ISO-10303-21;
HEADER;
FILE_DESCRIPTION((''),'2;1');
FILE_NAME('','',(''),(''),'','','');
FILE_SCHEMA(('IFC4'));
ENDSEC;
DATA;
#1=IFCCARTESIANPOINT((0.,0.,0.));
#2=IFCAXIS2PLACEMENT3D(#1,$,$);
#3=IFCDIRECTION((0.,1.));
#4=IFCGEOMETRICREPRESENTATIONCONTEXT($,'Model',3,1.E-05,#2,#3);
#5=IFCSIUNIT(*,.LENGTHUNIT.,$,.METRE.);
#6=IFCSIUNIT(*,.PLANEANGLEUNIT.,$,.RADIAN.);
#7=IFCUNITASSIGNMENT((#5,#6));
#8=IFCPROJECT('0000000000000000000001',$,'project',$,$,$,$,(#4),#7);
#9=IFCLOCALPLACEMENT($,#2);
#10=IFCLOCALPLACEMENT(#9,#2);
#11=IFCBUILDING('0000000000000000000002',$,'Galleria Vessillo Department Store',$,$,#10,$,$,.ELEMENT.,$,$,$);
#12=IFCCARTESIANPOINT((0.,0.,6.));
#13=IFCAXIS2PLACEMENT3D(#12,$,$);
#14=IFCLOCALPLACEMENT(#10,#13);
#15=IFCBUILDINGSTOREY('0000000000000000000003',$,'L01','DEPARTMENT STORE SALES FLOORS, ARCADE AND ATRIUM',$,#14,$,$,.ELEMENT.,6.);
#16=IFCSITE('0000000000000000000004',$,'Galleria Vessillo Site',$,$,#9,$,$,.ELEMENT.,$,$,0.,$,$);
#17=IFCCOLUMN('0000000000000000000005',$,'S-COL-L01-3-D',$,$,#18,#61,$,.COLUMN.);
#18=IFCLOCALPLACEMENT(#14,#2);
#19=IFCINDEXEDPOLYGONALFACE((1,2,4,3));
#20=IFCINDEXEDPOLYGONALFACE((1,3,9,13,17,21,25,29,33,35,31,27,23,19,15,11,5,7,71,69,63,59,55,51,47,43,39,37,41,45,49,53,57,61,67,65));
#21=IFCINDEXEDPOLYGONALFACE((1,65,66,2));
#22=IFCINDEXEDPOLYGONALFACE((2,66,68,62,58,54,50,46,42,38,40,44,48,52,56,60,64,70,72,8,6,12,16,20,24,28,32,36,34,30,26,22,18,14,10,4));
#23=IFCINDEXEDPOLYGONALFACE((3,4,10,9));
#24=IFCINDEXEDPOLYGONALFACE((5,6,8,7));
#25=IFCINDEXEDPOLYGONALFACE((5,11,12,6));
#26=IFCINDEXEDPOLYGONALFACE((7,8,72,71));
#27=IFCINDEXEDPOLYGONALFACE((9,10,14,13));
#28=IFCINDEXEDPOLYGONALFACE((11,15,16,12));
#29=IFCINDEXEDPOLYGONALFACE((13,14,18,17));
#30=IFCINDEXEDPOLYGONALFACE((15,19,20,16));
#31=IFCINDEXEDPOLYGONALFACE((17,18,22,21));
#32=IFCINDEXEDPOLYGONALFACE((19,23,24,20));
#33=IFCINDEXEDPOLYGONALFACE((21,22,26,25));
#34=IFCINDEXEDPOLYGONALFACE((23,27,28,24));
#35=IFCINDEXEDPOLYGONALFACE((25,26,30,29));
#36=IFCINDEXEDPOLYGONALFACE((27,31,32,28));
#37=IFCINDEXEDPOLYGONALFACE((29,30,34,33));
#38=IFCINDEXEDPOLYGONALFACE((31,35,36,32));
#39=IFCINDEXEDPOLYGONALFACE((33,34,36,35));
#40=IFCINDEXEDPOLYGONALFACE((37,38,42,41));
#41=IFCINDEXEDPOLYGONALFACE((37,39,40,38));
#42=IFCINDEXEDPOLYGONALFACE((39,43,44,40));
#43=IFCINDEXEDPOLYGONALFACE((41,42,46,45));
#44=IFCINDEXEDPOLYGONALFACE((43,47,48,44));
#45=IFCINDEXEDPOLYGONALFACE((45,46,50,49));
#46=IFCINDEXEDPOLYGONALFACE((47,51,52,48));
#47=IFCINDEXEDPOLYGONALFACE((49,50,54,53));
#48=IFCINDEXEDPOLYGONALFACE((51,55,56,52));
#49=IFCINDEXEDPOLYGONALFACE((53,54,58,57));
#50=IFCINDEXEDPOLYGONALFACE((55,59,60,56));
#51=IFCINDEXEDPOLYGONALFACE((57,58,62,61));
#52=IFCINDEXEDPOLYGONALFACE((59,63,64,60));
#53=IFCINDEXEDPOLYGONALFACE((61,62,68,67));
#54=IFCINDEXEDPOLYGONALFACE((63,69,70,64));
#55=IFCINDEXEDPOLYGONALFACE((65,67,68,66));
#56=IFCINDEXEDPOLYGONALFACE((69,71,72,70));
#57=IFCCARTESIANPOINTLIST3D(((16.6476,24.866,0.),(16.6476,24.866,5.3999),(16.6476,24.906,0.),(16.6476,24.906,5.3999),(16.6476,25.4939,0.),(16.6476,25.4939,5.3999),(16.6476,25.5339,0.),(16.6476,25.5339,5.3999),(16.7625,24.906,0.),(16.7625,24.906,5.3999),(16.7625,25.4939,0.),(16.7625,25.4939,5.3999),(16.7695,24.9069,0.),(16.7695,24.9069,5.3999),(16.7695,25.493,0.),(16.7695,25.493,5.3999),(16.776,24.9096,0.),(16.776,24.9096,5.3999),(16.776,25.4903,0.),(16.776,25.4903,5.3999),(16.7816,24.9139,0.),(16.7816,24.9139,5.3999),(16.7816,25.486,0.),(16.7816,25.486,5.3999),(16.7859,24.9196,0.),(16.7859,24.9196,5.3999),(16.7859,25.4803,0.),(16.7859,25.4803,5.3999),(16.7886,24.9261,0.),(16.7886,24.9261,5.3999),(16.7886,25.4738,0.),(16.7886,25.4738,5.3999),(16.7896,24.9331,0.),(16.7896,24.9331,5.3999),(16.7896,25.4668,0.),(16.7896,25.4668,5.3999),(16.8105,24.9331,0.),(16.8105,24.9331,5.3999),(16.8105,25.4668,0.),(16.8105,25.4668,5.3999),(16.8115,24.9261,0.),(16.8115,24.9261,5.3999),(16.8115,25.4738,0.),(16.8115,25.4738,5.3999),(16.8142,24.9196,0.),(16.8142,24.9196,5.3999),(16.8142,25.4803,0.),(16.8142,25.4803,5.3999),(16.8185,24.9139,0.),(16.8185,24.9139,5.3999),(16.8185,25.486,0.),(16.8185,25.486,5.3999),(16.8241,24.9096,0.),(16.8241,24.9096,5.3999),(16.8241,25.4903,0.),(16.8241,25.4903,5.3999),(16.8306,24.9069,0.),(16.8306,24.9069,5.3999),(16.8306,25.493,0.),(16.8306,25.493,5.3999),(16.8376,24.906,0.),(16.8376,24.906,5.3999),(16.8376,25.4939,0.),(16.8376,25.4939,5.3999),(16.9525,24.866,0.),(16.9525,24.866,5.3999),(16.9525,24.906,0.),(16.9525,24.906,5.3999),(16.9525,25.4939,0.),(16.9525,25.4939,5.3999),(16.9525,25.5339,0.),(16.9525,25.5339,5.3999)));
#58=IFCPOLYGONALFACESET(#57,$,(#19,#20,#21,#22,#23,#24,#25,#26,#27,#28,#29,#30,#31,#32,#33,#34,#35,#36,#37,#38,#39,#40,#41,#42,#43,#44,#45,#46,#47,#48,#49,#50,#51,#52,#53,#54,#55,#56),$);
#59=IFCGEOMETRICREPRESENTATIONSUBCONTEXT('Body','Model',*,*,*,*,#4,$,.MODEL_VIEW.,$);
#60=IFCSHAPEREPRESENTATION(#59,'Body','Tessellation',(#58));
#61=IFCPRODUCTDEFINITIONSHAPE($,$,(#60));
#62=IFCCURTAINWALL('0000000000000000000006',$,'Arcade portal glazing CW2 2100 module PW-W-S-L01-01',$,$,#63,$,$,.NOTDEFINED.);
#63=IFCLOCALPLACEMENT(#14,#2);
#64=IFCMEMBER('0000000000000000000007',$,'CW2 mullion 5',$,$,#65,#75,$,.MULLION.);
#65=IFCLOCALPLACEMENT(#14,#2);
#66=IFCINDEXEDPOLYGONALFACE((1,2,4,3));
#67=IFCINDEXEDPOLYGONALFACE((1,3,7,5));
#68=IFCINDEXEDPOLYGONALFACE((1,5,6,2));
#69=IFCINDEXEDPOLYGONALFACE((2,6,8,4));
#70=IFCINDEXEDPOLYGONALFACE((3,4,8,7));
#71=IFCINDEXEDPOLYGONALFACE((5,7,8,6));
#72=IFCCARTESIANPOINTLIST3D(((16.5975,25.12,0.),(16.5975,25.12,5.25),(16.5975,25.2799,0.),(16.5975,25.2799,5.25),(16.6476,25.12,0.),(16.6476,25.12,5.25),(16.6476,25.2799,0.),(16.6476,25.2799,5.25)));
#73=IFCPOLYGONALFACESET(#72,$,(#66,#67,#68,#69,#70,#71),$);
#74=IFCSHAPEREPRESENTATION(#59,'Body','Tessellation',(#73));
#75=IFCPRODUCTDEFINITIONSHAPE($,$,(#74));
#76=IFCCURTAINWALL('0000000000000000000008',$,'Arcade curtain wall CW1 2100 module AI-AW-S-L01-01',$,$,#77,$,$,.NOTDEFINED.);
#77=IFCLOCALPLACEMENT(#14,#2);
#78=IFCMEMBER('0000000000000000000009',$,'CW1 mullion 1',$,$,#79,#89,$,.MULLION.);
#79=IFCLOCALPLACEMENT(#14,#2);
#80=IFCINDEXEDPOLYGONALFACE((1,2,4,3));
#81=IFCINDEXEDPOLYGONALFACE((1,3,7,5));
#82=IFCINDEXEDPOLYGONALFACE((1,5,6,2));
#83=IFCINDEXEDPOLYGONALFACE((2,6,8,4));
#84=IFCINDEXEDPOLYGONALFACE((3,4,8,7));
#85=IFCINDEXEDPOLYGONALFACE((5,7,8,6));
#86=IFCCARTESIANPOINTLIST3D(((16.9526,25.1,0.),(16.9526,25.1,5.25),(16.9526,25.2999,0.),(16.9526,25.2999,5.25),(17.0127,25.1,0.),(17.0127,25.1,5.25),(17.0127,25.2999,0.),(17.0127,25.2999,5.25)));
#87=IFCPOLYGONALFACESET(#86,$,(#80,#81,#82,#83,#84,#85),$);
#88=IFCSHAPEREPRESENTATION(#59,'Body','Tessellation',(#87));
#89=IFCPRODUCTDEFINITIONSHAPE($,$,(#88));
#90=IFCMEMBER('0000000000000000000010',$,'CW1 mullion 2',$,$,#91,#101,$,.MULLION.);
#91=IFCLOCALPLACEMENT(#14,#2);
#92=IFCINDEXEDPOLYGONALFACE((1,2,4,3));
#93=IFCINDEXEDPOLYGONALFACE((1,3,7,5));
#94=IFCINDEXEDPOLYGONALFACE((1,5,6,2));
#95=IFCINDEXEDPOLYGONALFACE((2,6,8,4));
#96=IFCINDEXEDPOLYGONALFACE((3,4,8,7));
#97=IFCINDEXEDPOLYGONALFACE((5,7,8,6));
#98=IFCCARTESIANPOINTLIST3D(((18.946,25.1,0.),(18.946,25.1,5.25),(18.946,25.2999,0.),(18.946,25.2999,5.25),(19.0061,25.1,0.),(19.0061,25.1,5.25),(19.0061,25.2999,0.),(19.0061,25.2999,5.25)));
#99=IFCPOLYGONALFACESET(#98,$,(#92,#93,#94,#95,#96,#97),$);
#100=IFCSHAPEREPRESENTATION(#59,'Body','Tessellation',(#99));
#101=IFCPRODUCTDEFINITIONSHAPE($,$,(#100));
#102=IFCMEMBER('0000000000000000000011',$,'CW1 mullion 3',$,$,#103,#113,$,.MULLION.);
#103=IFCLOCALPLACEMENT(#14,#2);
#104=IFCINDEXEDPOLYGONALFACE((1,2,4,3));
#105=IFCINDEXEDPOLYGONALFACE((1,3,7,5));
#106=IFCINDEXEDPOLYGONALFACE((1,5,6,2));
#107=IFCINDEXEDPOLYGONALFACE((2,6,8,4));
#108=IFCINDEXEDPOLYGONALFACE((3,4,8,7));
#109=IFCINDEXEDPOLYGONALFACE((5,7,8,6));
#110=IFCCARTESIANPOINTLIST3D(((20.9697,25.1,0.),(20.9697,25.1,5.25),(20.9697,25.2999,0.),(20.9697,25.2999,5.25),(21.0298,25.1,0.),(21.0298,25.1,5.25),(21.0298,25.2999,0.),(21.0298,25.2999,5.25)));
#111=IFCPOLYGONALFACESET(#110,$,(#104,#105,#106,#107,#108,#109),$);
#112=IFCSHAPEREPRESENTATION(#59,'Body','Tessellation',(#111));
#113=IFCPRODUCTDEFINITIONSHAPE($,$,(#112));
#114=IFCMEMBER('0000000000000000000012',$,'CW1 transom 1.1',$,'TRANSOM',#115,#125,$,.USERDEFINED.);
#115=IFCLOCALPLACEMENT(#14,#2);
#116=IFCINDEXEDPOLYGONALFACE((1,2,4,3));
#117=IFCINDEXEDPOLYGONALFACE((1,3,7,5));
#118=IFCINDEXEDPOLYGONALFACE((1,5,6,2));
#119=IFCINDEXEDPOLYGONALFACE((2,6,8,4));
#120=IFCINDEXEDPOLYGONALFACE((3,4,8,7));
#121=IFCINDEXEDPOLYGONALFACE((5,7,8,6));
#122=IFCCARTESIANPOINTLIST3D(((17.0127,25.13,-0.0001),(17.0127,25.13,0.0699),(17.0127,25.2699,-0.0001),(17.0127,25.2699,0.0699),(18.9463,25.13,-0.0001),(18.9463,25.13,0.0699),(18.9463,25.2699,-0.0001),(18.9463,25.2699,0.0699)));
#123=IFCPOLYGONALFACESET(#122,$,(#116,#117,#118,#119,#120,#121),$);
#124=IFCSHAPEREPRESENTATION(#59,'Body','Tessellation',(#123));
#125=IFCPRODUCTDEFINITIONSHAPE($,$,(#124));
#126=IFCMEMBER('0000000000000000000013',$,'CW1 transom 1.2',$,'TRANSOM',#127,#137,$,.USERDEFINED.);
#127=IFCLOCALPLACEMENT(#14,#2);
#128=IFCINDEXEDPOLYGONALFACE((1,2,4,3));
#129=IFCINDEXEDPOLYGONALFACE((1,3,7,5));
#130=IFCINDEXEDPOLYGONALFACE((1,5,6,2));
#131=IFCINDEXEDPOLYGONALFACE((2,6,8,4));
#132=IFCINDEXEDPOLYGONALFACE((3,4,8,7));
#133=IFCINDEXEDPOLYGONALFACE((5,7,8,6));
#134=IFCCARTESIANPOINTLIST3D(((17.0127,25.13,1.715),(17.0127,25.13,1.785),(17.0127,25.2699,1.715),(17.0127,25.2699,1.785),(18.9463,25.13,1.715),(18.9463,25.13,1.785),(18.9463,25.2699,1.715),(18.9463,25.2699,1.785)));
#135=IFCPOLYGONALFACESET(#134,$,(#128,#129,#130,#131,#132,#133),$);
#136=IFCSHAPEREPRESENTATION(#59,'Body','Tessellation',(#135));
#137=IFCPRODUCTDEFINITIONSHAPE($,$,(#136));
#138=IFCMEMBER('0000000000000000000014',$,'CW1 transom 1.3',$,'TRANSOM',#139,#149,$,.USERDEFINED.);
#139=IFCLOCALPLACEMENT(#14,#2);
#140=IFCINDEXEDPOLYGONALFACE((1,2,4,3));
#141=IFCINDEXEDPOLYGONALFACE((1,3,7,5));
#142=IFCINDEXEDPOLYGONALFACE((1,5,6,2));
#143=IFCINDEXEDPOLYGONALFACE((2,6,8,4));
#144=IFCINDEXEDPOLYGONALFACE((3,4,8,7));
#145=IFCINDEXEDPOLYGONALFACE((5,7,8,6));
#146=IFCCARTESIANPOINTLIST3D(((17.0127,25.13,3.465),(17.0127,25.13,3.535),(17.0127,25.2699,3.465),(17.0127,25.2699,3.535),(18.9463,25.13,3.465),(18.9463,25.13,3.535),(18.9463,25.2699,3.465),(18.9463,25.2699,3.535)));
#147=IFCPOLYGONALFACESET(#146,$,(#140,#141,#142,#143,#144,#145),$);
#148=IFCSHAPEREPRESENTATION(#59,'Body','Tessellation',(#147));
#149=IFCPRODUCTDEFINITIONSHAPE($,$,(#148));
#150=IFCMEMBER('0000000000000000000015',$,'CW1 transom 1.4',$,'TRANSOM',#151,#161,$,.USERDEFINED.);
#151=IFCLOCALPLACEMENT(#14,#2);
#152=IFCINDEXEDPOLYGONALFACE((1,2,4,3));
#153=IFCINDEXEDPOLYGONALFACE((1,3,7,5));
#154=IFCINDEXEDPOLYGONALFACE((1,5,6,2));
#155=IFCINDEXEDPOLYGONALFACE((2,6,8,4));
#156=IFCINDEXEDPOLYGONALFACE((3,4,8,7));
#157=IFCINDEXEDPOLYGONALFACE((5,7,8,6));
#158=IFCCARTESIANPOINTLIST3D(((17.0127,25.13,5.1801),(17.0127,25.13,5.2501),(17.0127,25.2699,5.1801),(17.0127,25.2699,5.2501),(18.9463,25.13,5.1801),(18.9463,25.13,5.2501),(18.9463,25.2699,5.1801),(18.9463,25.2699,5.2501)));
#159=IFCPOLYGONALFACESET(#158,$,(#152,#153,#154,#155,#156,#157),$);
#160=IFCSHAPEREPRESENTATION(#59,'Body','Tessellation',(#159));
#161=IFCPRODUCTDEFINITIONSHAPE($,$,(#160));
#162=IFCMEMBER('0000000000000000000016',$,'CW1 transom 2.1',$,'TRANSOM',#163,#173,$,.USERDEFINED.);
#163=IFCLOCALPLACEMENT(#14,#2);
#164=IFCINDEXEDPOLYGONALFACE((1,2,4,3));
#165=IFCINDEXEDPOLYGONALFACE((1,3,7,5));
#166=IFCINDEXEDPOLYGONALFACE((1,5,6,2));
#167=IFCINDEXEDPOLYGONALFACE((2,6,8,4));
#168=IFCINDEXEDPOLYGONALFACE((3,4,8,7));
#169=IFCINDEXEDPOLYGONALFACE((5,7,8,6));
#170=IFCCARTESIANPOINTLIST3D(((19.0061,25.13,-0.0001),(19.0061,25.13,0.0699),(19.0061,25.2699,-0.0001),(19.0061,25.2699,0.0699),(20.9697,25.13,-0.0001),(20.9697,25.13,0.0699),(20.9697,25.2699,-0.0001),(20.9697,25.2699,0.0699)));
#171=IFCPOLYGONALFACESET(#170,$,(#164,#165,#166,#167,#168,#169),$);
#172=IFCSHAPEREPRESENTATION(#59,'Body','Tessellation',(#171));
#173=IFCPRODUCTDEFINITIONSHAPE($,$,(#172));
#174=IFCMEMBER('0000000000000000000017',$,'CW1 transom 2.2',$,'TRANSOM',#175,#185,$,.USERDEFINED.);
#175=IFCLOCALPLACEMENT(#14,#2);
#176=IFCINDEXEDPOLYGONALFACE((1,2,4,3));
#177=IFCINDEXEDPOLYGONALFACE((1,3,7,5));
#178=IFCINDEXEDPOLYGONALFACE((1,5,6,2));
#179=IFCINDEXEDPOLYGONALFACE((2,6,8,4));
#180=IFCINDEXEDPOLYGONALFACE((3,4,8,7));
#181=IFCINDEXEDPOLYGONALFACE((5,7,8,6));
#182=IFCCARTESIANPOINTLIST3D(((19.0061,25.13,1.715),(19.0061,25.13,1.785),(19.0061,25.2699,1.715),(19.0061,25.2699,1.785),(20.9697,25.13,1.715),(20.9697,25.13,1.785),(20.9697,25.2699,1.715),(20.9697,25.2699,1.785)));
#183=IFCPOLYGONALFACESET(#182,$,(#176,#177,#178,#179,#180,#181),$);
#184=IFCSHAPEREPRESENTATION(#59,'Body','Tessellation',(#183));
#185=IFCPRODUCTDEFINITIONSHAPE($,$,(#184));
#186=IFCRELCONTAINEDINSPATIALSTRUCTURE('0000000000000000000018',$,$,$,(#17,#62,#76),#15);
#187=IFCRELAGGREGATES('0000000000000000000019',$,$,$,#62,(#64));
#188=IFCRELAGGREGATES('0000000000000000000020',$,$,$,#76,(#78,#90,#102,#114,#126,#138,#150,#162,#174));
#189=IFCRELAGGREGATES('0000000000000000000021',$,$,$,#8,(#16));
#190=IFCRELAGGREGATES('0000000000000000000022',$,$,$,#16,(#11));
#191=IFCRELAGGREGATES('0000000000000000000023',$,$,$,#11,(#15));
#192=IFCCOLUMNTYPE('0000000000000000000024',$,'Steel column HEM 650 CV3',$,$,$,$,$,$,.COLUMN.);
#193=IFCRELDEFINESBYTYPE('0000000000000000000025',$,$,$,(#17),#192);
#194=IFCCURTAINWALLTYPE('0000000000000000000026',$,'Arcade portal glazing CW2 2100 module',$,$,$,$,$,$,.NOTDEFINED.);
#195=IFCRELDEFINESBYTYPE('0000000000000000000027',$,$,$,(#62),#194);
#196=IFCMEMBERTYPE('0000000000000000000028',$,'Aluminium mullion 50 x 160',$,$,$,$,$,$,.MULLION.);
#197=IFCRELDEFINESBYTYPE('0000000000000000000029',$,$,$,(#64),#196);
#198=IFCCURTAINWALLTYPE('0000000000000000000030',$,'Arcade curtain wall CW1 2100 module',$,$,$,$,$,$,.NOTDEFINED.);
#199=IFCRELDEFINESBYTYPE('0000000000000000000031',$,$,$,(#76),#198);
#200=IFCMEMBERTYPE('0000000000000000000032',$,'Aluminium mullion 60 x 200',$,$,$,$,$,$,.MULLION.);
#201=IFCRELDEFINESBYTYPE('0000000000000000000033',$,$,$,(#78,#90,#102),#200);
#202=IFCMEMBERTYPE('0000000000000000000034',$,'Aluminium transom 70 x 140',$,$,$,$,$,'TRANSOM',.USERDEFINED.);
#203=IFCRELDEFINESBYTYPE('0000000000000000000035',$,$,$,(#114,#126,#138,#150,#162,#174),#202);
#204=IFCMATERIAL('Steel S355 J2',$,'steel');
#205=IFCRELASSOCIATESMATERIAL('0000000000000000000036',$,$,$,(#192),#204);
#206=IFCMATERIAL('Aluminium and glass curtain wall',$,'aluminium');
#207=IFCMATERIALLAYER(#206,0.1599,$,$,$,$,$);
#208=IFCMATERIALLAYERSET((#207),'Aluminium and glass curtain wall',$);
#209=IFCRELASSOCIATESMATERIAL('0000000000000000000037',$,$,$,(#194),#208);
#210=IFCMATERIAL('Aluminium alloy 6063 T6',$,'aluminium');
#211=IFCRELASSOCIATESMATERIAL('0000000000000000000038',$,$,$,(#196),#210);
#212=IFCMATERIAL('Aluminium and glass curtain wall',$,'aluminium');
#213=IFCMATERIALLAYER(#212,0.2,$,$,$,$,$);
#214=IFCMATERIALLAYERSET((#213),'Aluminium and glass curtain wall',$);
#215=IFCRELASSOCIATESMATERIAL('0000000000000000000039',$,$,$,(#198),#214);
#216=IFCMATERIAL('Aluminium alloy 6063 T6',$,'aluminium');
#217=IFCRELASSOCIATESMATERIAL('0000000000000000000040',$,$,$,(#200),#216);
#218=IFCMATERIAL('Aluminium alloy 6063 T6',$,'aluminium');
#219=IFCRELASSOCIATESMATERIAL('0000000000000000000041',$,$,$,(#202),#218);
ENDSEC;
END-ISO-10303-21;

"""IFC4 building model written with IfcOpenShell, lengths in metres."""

from ifc_helpers import new_model, si_unit, direction, frame, origin, origin_2d, place, context, subcontext, project, spatial, rectangle, i_section, extrude, material, layer, layer_set, material_profile, profile_set, type_object, element, aggregate, save


model = new_model("IFC4")

# Units and contexts
model_context = context("Model", 3, precision=1e-05, world=origin(), true_north=direction((0.0, 1.0)))
body_context = subcontext(model_context, "Body", "Model", "MODEL_VIEW")
ifc_project = project(units=[si_unit("LENGTHUNIT", "METRE"), si_unit("PLANEANGLEUNIT", "RADIAN")], contexts=[model_context])

# Site, building, storey
site_placement = place(None, origin())
site = spatial("IfcSite", under=ifc_project, at=site_placement, Name="Galleria Vessillo Site", CompositionType="ELEMENT", RefElevation=0.0)
building_placement = place(site_placement, origin())
building = spatial("IfcBuilding", under=site, at=building_placement, Name="Galleria Vessillo Department Store", CompositionType="ELEMENT")
storey_placement = place(building_placement, frame((0.0, 0.0, 6.0)))
storey = spatial("IfcBuildingStorey", under=building, at=storey_placement, Name="L01", Description="DEPARTMENT STORE SALES FLOORS, ARCADE AND ATRIUM", CompositionType="ELEMENT", Elevation=6.0)

# Column
ifc_material_1 = material(Name="Steel S355 J2", Category="steel")
ifc_material_profile_1 = material_profile(ifc_material_1, i_section(OverallWidth=0.3049, OverallDepth=0.668, WebThickness=0.021, FlangeThickness=0.04, FilletRadius=0.0271, at=origin_2d()), Name="HEM 650")
ifc_profile_set_1 = profile_set([ifc_material_profile_1], Name="Steel S355 J2")
column_type = type_object("IfcColumnType", Name="Steel column HEM 650 CV3", PredefinedType="COLUMN", material=ifc_profile_set_1)
column_placement = place(storey_placement, frame((16.8, 25.2, 0.0), z_axis=(0.0, 0.0, 1.0), x_axis=(1.0, 0.0, 0.0)))
element("IfcColumn", 1, at=column_placement, inside=storey, type_object=column_type, Name="S-COL-L01-3-D", PredefinedType="COLUMN", context=body_context, shape_type="SweptSolid", body=[
    extrude(i_section(OverallWidth=0.3049, OverallDepth=0.668, WebThickness=0.021, FlangeThickness=0.04, FilletRadius=0.0271, at=origin_2d()), origin(), (0.0, 0.0, 1.0), 5.3999),
])

# Curtain wall, member
ifc_material_2 = material(Name="Aluminium and glass curtain wall", Category="aluminium")
ifc_layer_1 = layer(ifc_material_2, 0.1599)
ifc_layer_set_1 = layer_set([ifc_layer_1], Name="Aluminium and glass curtain wall")
curtain_wall_type_1 = type_object("IfcCurtainWallType", Name="Arcade portal glazing CW2 2100 module", PredefinedType="NOTDEFINED", material=ifc_layer_set_1)
curtain_wall_1_placement = place(storey_placement, origin())
curtain_wall_1 = element("IfcCurtainWall", 2, at=curtain_wall_1_placement, inside=storey, type_object=curtain_wall_type_1, Name="Arcade portal glazing CW2 2100 module PW-W-S-L01-01", PredefinedType="NOTDEFINED")
ifc_material_3 = material(Name="Aluminium alloy 6063 T6", Category="aluminium")
ifc_material_profile_2 = material_profile(ifc_material_3, rectangle(XDim=0.1599, YDim=0.05, at=origin_2d()), Name="AL 50x160")
ifc_profile_set_2 = profile_set([ifc_material_profile_2], Name="Aluminium alloy 6063 T6")
member_type_1 = type_object("IfcMemberType", Name="Aluminium mullion 50 x 160", PredefinedType="MULLION", material=ifc_profile_set_2)
member_1_placement = place(storey_placement, frame((16.6226, 25.2, 0.0), z_axis=(0.0, 0.0, 1.0), x_axis=(0.0, 1.0, 0.0)))
member_1 = element("IfcMember", 3, at=member_1_placement, type_object=member_type_1, Name="CW2 mullion 5", PredefinedType="MULLION", context=body_context, shape_type="SweptSolid", body=[
    extrude(rectangle(XDim=0.1599, YDim=0.05, at=origin_2d()), origin(), (0.0, 0.0, 1.0), 5.25),
])

# Curtain wall, members
ifc_material_4 = material(Name="Aluminium and glass curtain wall", Category="aluminium")
ifc_layer_2 = layer(ifc_material_4, 0.2)
ifc_layer_set_2 = layer_set([ifc_layer_2], Name="Aluminium and glass curtain wall")
curtain_wall_type_2 = type_object("IfcCurtainWallType", Name="Arcade curtain wall CW1 2100 module", PredefinedType="NOTDEFINED", material=ifc_layer_set_2)
curtain_wall_2_placement = place(storey_placement, origin())
curtain_wall_2 = element("IfcCurtainWall", 4, at=curtain_wall_2_placement, inside=storey, type_object=curtain_wall_type_2, Name="Arcade curtain wall CW1 2100 module AI-AW-S-L01-01", PredefinedType="NOTDEFINED")
ifc_material_5 = material(Name="Aluminium alloy 6063 T6", Category="aluminium")
ifc_material_profile_3 = material_profile(ifc_material_5, rectangle(XDim=0.2, YDim=0.0601, at=origin_2d()), Name="AL 60x200")
ifc_profile_set_3 = profile_set([ifc_material_profile_3], Name="Aluminium alloy 6063 T6")
member_type_2 = type_object("IfcMemberType", Name="Aluminium mullion 60 x 200", PredefinedType="MULLION", material=ifc_profile_set_3)
member_2_placement = place(storey_placement, frame((16.9827, 25.2, 0.0), z_axis=(0.0, 0.0, 1.0), x_axis=(0.0, 1.0, 0.0)))
member_2 = element("IfcMember", 5, at=member_2_placement, type_object=member_type_2, Name="CW1 mullion 1", PredefinedType="MULLION", context=body_context, shape_type="SweptSolid", body=[
    extrude(rectangle(XDim=0.2, YDim=0.0601, at=origin_2d()), origin(), (0.0, 0.0, 1.0), 5.25),
])
member_3_placement = place(storey_placement, frame((18.9761, 25.2, 0.0), z_axis=(0.0, 0.0, 1.0), x_axis=(0.0, 1.0, 0.0)))
member_3 = element("IfcMember", 6, at=member_3_placement, type_object=member_type_2, Name="CW1 mullion 2", PredefinedType="MULLION", context=body_context, shape_type="SweptSolid", body=[
    extrude(rectangle(XDim=0.2, YDim=0.0601, at=origin_2d()), origin(), (0.0, 0.0, 1.0), 5.25),
])
member_4_placement = place(storey_placement, frame((20.9998, 25.2, 0.0), z_axis=(0.0, 0.0, 1.0), x_axis=(0.0, 1.0, 0.0)))
member_4 = element("IfcMember", 7, at=member_4_placement, type_object=member_type_2, Name="CW1 mullion 3", PredefinedType="MULLION", context=body_context, shape_type="SweptSolid", body=[
    extrude(rectangle(XDim=0.2, YDim=0.0601, at=origin_2d()), origin(), (0.0, 0.0, 1.0), 5.25),
])
ifc_material_6 = material(Name="Aluminium alloy 6063 T6", Category="aluminium")
ifc_material_profile_4 = material_profile(ifc_material_6, rectangle(XDim=0.1399, YDim=0.0701, at=origin_2d()), Name="AL 70x140")
ifc_profile_set_4 = profile_set([ifc_material_profile_4], Name="Aluminium alloy 6063 T6")
member_type_3 = type_object("IfcMemberType", Name="Aluminium transom 70 x 140", ElementType="TRANSOM", PredefinedType="USERDEFINED", material=ifc_profile_set_4)
member_5_placement = place(storey_placement, frame((17.0127, 25.2, 0.0349), z_axis=(1.0, 0.0, 0.0), x_axis=(0.0, 1.0, 0.0)))
member_5 = element("IfcMember", 8, at=member_5_placement, type_object=member_type_3, Name="CW1 transom 1.1", ObjectType="TRANSOM", PredefinedType="USERDEFINED", context=body_context, shape_type="SweptSolid", body=[
    extrude(rectangle(XDim=0.1399, YDim=0.0701, at=origin_2d()), origin(), (0.0, 0.0, 1.0), 1.9336),
])
member_6_placement = place(storey_placement, frame((17.0127, 25.2, 1.75), z_axis=(1.0, 0.0, 0.0), x_axis=(0.0, 1.0, 0.0)))
member_6 = element("IfcMember", 9, at=member_6_placement, type_object=member_type_3, Name="CW1 transom 1.2", ObjectType="TRANSOM", PredefinedType="USERDEFINED", context=body_context, shape_type="SweptSolid", body=[
    extrude(rectangle(XDim=0.1399, YDim=0.0701, at=origin_2d()), origin(), (0.0, 0.0, 1.0), 1.9336),
])
member_7_placement = place(storey_placement, frame((17.0127, 25.2, 3.5), z_axis=(1.0, 0.0, 0.0), x_axis=(0.0, 1.0, 0.0)))
member_7 = element("IfcMember", 10, at=member_7_placement, type_object=member_type_3, Name="CW1 transom 1.3", ObjectType="TRANSOM", PredefinedType="USERDEFINED", context=body_context, shape_type="SweptSolid", body=[
    extrude(rectangle(XDim=0.1399, YDim=0.0701, at=origin_2d()), origin(), (0.0, 0.0, 1.0), 1.9336),
])
member_8_placement = place(storey_placement, frame((17.0127, 25.2, 5.2151), z_axis=(1.0, 0.0, 0.0), x_axis=(0.0, 1.0, 0.0)))
member_8 = element("IfcMember", 11, at=member_8_placement, type_object=member_type_3, Name="CW1 transom 1.4", ObjectType="TRANSOM", PredefinedType="USERDEFINED", context=body_context, shape_type="SweptSolid", body=[
    extrude(rectangle(XDim=0.1399, YDim=0.0701, at=origin_2d()), origin(), (0.0, 0.0, 1.0), 1.9336),
])
member_9_placement = place(storey_placement, frame((19.0061, 25.2, 0.0349), z_axis=(1.0, 0.0, 0.0), x_axis=(0.0, 1.0, 0.0)))
member_9 = element("IfcMember", 12, at=member_9_placement, type_object=member_type_3, Name="CW1 transom 2.1", ObjectType="TRANSOM", PredefinedType="USERDEFINED", context=body_context, shape_type="SweptSolid", body=[
    extrude(rectangle(XDim=0.1399, YDim=0.0701, at=origin_2d()), origin(), (0.0, 0.0, 1.0), 1.9636),
])
member_10_placement = place(storey_placement, frame((19.0061, 25.2, 1.75), z_axis=(1.0, 0.0, 0.0), x_axis=(0.0, 1.0, 0.0)))
member_10 = element("IfcMember", 13, at=member_10_placement, type_object=member_type_3, Name="CW1 transom 2.2", ObjectType="TRANSOM", PredefinedType="USERDEFINED", context=body_context, shape_type="SweptSolid", body=[
    extrude(rectangle(XDim=0.1399, YDim=0.0701, at=origin_2d()), origin(), (0.0, 0.0, 1.0), 1.9636),
])

aggregate(curtain_wall_1, [member_1])
aggregate(curtain_wall_2, [member_2, member_3, member_4, member_5, member_6, member_7, member_8, member_9, member_10])

save(model, "model.ifc")
